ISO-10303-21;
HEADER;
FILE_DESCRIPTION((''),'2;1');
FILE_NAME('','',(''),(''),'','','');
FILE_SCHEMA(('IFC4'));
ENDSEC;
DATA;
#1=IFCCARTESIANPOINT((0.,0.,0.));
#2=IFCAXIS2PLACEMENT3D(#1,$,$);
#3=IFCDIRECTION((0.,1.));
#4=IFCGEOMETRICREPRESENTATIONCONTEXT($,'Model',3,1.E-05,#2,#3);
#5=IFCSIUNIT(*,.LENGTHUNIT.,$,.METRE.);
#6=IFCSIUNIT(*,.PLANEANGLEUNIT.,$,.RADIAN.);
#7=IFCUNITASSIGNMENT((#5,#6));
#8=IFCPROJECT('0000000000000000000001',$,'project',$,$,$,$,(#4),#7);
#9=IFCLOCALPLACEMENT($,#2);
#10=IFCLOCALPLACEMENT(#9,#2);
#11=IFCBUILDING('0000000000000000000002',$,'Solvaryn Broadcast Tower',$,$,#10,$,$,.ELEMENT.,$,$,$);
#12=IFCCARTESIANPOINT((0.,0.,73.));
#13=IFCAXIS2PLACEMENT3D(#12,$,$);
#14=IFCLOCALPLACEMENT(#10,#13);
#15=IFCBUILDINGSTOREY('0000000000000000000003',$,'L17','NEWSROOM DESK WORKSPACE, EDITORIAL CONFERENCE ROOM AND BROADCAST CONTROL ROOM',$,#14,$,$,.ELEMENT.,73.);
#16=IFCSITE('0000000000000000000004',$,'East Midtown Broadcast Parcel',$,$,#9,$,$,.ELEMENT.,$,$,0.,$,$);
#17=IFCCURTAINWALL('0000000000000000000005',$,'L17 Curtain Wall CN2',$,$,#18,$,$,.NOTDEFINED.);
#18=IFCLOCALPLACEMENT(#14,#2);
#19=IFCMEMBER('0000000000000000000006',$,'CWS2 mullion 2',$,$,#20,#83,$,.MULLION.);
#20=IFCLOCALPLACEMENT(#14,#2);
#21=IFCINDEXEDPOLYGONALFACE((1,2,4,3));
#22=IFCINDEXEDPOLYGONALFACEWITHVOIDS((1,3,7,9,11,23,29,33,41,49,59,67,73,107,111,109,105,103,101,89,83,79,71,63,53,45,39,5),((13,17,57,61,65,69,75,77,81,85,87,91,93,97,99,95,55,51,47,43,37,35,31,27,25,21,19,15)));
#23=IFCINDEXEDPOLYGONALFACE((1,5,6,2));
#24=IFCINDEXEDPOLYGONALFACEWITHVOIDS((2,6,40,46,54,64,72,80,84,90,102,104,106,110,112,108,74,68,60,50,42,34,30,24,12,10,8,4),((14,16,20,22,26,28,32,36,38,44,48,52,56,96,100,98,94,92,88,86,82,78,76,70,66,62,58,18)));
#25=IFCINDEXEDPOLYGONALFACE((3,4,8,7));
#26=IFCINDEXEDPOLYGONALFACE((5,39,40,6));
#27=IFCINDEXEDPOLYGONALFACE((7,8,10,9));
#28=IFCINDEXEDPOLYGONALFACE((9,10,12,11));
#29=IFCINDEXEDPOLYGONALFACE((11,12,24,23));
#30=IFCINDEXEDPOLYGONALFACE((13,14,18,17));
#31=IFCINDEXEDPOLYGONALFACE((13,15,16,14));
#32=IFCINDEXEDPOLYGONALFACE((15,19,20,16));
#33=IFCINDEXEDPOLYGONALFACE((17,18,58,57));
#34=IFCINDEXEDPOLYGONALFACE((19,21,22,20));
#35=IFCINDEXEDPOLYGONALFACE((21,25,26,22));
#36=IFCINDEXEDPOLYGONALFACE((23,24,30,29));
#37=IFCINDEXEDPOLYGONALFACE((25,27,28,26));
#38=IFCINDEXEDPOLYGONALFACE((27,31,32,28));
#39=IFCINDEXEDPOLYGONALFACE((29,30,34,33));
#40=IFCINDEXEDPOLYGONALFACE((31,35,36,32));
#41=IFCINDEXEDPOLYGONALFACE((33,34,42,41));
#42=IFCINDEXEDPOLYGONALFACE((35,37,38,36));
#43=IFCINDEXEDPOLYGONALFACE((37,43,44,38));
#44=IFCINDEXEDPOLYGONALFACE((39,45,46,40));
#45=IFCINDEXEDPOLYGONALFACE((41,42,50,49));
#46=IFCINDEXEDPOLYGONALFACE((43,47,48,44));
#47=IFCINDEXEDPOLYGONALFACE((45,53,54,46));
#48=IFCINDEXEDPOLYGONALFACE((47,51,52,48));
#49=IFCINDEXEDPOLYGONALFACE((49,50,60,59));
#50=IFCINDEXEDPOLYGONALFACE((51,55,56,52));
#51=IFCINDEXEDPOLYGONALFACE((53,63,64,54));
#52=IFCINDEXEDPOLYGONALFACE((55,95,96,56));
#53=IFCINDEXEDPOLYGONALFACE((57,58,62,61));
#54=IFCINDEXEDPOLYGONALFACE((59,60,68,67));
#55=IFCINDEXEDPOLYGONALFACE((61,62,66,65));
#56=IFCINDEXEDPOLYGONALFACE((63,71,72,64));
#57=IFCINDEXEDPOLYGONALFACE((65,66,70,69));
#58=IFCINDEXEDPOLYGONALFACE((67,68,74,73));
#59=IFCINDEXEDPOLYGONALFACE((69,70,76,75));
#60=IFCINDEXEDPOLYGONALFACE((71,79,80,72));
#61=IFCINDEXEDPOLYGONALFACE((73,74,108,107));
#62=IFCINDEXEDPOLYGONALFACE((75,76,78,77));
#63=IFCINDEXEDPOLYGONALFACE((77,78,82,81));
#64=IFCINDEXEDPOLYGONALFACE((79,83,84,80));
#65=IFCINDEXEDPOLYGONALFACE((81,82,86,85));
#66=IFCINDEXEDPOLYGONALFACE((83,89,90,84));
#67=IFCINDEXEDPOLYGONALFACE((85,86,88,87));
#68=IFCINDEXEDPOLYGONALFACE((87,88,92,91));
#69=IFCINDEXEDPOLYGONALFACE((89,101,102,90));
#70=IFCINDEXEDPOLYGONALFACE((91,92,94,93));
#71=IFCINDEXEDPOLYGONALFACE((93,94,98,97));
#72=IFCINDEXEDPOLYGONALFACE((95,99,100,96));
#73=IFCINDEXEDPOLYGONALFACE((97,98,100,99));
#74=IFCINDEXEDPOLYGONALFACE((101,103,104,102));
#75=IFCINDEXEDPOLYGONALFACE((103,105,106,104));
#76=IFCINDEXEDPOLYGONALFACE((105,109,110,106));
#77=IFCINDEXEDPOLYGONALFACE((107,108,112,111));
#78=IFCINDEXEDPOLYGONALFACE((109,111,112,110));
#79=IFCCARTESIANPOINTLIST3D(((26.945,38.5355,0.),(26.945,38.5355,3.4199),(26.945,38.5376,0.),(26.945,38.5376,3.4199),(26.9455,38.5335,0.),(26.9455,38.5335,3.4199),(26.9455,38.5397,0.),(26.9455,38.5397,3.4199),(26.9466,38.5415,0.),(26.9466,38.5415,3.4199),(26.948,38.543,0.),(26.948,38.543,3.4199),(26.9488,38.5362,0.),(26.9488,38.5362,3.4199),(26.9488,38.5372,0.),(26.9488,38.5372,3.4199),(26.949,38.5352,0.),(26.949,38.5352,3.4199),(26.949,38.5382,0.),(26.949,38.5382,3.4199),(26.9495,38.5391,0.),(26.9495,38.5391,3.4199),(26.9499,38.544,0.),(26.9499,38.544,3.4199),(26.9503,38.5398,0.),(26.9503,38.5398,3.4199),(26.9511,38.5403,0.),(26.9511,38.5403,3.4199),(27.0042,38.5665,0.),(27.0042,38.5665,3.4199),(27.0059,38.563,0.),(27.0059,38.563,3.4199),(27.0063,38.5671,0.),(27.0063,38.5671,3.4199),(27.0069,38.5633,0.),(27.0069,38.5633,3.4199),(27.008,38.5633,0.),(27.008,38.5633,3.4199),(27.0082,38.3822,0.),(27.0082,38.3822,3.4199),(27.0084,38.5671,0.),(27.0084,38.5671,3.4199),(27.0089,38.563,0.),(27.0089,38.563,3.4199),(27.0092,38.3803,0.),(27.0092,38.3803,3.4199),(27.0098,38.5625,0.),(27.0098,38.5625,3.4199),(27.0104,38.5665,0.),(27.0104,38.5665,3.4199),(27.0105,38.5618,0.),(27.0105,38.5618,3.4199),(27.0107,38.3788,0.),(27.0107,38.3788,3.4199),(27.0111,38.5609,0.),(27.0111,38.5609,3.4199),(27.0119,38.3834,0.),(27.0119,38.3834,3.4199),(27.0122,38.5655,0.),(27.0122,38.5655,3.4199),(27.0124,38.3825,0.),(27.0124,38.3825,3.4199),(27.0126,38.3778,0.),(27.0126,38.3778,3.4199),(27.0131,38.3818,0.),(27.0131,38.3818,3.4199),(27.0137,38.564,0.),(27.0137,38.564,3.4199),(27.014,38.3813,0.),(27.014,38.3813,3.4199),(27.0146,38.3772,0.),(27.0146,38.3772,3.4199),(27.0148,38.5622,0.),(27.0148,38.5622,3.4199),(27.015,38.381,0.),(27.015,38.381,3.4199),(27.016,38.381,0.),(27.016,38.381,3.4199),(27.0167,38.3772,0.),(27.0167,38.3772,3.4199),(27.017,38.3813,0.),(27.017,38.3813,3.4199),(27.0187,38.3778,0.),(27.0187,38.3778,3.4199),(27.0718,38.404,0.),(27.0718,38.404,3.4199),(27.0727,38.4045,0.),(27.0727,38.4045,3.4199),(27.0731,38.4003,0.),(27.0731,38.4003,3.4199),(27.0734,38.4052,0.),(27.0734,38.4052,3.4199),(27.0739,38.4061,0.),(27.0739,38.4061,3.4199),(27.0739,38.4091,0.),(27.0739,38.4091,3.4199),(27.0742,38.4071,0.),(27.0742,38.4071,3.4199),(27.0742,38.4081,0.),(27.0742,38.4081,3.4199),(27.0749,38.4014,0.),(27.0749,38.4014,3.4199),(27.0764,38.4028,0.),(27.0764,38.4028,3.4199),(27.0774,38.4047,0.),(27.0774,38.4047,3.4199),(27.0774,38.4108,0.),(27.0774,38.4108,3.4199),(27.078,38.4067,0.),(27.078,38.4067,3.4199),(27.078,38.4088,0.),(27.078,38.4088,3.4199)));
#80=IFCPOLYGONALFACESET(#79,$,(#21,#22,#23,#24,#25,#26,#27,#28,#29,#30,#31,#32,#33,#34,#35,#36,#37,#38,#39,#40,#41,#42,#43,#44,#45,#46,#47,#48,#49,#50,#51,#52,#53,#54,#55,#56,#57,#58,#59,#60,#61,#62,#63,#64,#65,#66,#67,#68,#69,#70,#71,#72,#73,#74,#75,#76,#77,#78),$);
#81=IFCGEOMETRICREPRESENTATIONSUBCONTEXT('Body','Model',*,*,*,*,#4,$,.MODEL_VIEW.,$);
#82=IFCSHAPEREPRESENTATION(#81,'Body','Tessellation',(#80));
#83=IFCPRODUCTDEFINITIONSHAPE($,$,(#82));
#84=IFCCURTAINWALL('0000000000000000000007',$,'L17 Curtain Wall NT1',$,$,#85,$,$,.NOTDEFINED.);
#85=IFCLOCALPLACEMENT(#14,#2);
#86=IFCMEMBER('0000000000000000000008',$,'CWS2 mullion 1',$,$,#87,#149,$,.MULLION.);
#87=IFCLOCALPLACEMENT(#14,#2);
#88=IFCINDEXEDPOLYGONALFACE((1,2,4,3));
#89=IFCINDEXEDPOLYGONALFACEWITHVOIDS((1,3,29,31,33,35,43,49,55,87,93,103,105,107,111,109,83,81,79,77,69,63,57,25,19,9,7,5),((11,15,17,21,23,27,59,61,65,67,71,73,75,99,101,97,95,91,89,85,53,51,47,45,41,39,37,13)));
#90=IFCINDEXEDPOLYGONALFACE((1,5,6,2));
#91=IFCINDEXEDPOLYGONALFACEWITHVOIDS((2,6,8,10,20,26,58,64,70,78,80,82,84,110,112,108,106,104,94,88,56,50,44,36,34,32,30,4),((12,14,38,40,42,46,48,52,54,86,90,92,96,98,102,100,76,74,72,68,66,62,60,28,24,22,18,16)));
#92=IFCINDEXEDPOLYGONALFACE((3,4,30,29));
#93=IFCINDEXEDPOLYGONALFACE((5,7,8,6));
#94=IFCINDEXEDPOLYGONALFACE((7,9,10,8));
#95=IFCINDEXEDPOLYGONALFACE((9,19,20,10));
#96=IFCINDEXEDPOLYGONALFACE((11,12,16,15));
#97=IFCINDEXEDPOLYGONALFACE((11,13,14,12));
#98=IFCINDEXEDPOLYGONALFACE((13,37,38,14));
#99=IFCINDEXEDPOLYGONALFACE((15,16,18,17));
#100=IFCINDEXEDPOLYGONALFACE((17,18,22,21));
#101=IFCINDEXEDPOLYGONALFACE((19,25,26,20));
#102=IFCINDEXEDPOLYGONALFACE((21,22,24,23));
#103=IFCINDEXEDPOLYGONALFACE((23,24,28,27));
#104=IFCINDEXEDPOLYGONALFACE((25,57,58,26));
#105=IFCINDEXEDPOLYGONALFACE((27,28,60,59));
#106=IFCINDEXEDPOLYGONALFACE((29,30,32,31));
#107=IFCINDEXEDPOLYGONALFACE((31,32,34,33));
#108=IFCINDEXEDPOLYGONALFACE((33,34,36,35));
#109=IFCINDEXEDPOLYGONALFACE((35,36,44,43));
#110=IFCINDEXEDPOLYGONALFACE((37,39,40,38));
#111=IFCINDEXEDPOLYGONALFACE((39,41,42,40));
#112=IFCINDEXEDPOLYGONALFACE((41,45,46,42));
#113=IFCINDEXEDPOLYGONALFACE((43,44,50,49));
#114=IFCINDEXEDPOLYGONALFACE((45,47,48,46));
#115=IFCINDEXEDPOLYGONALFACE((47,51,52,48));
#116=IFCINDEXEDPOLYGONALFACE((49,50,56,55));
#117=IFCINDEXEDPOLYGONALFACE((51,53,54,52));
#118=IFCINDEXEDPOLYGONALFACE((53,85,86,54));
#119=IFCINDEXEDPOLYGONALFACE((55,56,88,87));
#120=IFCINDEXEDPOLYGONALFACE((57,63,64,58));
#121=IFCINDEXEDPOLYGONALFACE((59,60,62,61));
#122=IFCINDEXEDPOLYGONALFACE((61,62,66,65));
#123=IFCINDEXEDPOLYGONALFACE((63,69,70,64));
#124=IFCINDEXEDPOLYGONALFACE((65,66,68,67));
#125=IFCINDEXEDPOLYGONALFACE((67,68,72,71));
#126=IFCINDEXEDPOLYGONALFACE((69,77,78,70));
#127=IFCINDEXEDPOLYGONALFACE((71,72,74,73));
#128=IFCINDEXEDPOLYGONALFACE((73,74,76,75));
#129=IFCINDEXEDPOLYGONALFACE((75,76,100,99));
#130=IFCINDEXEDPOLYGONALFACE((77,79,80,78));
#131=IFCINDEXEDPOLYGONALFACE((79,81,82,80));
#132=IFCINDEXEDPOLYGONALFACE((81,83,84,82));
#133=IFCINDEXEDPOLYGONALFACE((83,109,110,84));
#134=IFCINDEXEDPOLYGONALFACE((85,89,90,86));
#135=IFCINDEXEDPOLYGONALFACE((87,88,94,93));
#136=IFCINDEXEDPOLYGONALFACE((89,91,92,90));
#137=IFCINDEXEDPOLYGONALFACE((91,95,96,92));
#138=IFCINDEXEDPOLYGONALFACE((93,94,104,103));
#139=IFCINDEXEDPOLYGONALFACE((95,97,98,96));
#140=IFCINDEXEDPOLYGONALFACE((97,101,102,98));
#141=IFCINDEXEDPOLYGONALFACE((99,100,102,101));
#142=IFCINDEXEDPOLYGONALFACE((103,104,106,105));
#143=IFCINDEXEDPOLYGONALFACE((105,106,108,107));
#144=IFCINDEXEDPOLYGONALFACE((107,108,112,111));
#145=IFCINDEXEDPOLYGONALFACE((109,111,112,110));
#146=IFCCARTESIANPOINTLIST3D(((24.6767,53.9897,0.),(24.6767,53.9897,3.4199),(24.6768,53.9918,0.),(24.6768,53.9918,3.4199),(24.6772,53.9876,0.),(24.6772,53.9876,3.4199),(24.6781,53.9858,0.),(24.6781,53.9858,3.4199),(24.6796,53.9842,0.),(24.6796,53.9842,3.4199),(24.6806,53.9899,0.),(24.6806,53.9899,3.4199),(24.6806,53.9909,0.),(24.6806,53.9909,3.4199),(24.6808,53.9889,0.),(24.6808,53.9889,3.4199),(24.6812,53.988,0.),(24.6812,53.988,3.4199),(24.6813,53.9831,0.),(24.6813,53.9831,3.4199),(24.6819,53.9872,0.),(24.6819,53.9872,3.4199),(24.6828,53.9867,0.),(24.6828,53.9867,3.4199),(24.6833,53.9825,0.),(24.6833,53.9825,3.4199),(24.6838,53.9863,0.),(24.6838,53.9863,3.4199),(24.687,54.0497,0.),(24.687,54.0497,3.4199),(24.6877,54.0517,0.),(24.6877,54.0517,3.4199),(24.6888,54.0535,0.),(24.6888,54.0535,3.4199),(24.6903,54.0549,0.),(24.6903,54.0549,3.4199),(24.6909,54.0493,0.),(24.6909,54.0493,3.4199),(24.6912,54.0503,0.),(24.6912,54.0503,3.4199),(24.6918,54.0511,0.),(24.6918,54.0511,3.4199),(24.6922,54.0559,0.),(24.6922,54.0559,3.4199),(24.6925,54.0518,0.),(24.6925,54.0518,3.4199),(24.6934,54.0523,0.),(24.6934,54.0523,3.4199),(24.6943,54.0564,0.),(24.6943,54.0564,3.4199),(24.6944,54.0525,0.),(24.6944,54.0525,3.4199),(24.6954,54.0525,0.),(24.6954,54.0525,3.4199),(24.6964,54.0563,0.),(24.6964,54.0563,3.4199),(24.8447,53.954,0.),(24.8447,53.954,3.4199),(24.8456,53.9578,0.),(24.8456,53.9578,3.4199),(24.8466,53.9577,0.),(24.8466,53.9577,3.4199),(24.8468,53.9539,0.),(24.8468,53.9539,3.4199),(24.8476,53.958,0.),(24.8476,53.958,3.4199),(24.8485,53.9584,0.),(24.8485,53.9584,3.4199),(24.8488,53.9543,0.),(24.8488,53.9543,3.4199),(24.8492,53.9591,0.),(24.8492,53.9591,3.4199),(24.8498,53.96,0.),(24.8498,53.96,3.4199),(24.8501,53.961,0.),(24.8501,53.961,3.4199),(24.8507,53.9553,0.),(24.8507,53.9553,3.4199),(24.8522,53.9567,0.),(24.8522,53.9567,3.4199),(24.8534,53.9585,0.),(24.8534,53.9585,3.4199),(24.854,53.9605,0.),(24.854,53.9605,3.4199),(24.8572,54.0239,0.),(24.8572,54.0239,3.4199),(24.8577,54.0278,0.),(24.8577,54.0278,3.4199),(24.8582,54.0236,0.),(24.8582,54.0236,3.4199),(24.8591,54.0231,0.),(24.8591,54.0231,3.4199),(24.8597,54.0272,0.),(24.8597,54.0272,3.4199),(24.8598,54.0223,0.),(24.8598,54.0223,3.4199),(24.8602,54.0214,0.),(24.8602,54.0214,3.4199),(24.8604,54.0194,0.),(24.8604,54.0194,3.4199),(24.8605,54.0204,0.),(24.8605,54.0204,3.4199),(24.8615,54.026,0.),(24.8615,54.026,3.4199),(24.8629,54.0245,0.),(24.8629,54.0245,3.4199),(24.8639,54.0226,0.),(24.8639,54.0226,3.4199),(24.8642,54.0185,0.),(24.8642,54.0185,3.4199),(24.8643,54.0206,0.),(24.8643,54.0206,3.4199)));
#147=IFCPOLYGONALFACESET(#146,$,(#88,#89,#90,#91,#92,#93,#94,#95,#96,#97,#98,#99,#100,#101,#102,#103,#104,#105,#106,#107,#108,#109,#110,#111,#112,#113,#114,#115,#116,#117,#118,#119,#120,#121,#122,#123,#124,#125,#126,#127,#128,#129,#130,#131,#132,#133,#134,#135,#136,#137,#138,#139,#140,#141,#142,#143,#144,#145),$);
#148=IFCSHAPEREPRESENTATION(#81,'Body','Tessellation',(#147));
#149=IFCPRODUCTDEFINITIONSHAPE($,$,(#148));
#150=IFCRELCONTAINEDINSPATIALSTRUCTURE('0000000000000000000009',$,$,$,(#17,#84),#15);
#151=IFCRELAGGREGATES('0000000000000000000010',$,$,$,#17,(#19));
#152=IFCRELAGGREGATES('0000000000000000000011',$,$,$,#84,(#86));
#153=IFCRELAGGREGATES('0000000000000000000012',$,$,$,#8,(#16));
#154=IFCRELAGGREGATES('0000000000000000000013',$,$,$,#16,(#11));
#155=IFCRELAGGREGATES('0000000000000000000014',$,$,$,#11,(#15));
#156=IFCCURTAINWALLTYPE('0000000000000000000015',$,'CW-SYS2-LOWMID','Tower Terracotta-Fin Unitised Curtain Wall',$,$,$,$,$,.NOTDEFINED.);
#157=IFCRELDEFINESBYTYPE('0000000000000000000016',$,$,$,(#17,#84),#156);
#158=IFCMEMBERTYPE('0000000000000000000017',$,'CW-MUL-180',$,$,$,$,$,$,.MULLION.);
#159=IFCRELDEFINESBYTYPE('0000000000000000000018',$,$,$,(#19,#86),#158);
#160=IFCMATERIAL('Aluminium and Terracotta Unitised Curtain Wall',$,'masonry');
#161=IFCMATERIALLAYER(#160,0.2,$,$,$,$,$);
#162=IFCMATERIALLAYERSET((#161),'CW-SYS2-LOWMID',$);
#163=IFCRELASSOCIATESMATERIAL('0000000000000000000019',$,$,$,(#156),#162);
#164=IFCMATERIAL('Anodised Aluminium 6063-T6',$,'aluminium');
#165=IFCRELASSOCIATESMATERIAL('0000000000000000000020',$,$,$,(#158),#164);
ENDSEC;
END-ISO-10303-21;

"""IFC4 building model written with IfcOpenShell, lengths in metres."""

from ifc_helpers import new_model, si_unit, direction, frame, origin, origin_2d, place, context, subcontext, project, spatial, hollow_rectangle, extrude, material, layer, layer_set, material_profile, profile_set, type_object, element, aggregate, save


model = new_model("IFC4")

# Units and contexts
model_context = context("Model", 3, precision=1e-05, world=origin(), true_north=direction((0.0, 1.0)))
body_context = subcontext(model_context, "Body", "Model", "MODEL_VIEW")
ifc_project = project(units=[si_unit("LENGTHUNIT", "METRE"), si_unit("PLANEANGLEUNIT", "RADIAN")], contexts=[model_context])

# Site, building, storey
site_placement = place(None, origin())
site = spatial("IfcSite", under=ifc_project, at=site_placement, Name="East Midtown Broadcast Parcel", CompositionType="ELEMENT", RefElevation=0.0)
building_placement = place(site_placement, origin())
building = spatial("IfcBuilding", under=site, at=building_placement, Name="Solvaryn Broadcast Tower", CompositionType="ELEMENT")
storey_placement = place(building_placement, frame((0.0, 0.0, 73.0)))
storey = spatial("IfcBuildingStorey", under=building, at=storey_placement, Name="L17", Description="NEWSROOM DESK WORKSPACE, EDITORIAL CONFERENCE ROOM AND BROADCAST CONTROL ROOM", CompositionType="ELEMENT", Elevation=73.0)

# Shared definitions
ifc_material_1 = material(Name="Aluminium and Terracotta Unitised Curtain Wall", Category="masonry")
ifc_layer_1 = layer(ifc_material_1, 0.2)
ifc_layer_set_1 = layer_set([ifc_layer_1], Name="CW-SYS2-LOWMID")
curtain_wall_type = type_object("IfcCurtainWallType", Name="CW-SYS2-LOWMID", Description="Tower Terracotta-Fin Unitised Curtain Wall", PredefinedType="NOTDEFINED", material=ifc_layer_set_1)
ifc_material_2 = material(Name="Anodised Aluminium 6063-T6", Category="aluminium")
ifc_material_profile_1 = material_profile(ifc_material_2, hollow_rectangle(XDim=0.075, YDim=0.1799, WallThickness=0.0039, InnerFilletRadius=0.0039, OuterFilletRadius=0.0081, at=origin_2d()))
ifc_profile_set_1 = profile_set([ifc_material_profile_1], Name="Anodised Aluminium 6063-T6")
member_type_1 = type_object("IfcMemberType", Name="CW-MUL-180", PredefinedType="MULLION", material=ifc_profile_set_1)

# Curtain walls, members
curtain_wall_1_placement = place(storey_placement, origin())
curtain_wall_1 = element("IfcCurtainWall", 1, at=curtain_wall_1_placement, inside=storey, type_object=curtain_wall_type, Name="L17 Curtain Wall CN2", PredefinedType="NOTDEFINED")
member_1_placement = place(storey_placement, frame((27.0115, 38.4722, 0.0), z_axis=(0.0, 0.0, 1.0), x_axis=(-0.923895, -0.382646, 0.0)))
member_1 = element("IfcMember", 2, at=member_1_placement, type_object=member_type_1, Name="CWS2 mullion 2", PredefinedType="MULLION", context=body_context, shape_type="SweptSolid", body=[
    extrude(hollow_rectangle(XDim=0.075, YDim=0.1799, WallThickness=0.0039, InnerFilletRadius=0.0039, OuterFilletRadius=0.0081, at=origin_2d()), origin(), (0.0, 0.0, 1.0), 3.4199),
])
aggregate(curtain_wall_1, [member_1])
curtain_wall_2_placement = place(storey_placement, origin())
curtain_wall_2 = element("IfcCurtainWall", 3, at=curtain_wall_2_placement, inside=storey, type_object=curtain_wall_type, Name="L17 Curtain Wall NT1", PredefinedType="NOTDEFINED")
member_2_placement = place(storey_placement, frame((24.7705, 54.0051, 0.0), z_axis=(0.0, 0.0, 1.0), x_axis=(-0.173785, -0.984784, 0.0)))
member_2 = element("IfcMember", 4, at=member_2_placement, type_object=member_type_1, Name="CWS2 mullion 1", PredefinedType="MULLION", context=body_context, shape_type="SweptSolid", body=[
    extrude(hollow_rectangle(XDim=0.075, YDim=0.1799, WallThickness=0.0039, InnerFilletRadius=0.0039, OuterFilletRadius=0.0081, at=origin_2d()), origin(), (0.0, 0.0, 1.0), 3.4199),
])

aggregate(curtain_wall_2, [member_2])

save(model, "model.ifc")
